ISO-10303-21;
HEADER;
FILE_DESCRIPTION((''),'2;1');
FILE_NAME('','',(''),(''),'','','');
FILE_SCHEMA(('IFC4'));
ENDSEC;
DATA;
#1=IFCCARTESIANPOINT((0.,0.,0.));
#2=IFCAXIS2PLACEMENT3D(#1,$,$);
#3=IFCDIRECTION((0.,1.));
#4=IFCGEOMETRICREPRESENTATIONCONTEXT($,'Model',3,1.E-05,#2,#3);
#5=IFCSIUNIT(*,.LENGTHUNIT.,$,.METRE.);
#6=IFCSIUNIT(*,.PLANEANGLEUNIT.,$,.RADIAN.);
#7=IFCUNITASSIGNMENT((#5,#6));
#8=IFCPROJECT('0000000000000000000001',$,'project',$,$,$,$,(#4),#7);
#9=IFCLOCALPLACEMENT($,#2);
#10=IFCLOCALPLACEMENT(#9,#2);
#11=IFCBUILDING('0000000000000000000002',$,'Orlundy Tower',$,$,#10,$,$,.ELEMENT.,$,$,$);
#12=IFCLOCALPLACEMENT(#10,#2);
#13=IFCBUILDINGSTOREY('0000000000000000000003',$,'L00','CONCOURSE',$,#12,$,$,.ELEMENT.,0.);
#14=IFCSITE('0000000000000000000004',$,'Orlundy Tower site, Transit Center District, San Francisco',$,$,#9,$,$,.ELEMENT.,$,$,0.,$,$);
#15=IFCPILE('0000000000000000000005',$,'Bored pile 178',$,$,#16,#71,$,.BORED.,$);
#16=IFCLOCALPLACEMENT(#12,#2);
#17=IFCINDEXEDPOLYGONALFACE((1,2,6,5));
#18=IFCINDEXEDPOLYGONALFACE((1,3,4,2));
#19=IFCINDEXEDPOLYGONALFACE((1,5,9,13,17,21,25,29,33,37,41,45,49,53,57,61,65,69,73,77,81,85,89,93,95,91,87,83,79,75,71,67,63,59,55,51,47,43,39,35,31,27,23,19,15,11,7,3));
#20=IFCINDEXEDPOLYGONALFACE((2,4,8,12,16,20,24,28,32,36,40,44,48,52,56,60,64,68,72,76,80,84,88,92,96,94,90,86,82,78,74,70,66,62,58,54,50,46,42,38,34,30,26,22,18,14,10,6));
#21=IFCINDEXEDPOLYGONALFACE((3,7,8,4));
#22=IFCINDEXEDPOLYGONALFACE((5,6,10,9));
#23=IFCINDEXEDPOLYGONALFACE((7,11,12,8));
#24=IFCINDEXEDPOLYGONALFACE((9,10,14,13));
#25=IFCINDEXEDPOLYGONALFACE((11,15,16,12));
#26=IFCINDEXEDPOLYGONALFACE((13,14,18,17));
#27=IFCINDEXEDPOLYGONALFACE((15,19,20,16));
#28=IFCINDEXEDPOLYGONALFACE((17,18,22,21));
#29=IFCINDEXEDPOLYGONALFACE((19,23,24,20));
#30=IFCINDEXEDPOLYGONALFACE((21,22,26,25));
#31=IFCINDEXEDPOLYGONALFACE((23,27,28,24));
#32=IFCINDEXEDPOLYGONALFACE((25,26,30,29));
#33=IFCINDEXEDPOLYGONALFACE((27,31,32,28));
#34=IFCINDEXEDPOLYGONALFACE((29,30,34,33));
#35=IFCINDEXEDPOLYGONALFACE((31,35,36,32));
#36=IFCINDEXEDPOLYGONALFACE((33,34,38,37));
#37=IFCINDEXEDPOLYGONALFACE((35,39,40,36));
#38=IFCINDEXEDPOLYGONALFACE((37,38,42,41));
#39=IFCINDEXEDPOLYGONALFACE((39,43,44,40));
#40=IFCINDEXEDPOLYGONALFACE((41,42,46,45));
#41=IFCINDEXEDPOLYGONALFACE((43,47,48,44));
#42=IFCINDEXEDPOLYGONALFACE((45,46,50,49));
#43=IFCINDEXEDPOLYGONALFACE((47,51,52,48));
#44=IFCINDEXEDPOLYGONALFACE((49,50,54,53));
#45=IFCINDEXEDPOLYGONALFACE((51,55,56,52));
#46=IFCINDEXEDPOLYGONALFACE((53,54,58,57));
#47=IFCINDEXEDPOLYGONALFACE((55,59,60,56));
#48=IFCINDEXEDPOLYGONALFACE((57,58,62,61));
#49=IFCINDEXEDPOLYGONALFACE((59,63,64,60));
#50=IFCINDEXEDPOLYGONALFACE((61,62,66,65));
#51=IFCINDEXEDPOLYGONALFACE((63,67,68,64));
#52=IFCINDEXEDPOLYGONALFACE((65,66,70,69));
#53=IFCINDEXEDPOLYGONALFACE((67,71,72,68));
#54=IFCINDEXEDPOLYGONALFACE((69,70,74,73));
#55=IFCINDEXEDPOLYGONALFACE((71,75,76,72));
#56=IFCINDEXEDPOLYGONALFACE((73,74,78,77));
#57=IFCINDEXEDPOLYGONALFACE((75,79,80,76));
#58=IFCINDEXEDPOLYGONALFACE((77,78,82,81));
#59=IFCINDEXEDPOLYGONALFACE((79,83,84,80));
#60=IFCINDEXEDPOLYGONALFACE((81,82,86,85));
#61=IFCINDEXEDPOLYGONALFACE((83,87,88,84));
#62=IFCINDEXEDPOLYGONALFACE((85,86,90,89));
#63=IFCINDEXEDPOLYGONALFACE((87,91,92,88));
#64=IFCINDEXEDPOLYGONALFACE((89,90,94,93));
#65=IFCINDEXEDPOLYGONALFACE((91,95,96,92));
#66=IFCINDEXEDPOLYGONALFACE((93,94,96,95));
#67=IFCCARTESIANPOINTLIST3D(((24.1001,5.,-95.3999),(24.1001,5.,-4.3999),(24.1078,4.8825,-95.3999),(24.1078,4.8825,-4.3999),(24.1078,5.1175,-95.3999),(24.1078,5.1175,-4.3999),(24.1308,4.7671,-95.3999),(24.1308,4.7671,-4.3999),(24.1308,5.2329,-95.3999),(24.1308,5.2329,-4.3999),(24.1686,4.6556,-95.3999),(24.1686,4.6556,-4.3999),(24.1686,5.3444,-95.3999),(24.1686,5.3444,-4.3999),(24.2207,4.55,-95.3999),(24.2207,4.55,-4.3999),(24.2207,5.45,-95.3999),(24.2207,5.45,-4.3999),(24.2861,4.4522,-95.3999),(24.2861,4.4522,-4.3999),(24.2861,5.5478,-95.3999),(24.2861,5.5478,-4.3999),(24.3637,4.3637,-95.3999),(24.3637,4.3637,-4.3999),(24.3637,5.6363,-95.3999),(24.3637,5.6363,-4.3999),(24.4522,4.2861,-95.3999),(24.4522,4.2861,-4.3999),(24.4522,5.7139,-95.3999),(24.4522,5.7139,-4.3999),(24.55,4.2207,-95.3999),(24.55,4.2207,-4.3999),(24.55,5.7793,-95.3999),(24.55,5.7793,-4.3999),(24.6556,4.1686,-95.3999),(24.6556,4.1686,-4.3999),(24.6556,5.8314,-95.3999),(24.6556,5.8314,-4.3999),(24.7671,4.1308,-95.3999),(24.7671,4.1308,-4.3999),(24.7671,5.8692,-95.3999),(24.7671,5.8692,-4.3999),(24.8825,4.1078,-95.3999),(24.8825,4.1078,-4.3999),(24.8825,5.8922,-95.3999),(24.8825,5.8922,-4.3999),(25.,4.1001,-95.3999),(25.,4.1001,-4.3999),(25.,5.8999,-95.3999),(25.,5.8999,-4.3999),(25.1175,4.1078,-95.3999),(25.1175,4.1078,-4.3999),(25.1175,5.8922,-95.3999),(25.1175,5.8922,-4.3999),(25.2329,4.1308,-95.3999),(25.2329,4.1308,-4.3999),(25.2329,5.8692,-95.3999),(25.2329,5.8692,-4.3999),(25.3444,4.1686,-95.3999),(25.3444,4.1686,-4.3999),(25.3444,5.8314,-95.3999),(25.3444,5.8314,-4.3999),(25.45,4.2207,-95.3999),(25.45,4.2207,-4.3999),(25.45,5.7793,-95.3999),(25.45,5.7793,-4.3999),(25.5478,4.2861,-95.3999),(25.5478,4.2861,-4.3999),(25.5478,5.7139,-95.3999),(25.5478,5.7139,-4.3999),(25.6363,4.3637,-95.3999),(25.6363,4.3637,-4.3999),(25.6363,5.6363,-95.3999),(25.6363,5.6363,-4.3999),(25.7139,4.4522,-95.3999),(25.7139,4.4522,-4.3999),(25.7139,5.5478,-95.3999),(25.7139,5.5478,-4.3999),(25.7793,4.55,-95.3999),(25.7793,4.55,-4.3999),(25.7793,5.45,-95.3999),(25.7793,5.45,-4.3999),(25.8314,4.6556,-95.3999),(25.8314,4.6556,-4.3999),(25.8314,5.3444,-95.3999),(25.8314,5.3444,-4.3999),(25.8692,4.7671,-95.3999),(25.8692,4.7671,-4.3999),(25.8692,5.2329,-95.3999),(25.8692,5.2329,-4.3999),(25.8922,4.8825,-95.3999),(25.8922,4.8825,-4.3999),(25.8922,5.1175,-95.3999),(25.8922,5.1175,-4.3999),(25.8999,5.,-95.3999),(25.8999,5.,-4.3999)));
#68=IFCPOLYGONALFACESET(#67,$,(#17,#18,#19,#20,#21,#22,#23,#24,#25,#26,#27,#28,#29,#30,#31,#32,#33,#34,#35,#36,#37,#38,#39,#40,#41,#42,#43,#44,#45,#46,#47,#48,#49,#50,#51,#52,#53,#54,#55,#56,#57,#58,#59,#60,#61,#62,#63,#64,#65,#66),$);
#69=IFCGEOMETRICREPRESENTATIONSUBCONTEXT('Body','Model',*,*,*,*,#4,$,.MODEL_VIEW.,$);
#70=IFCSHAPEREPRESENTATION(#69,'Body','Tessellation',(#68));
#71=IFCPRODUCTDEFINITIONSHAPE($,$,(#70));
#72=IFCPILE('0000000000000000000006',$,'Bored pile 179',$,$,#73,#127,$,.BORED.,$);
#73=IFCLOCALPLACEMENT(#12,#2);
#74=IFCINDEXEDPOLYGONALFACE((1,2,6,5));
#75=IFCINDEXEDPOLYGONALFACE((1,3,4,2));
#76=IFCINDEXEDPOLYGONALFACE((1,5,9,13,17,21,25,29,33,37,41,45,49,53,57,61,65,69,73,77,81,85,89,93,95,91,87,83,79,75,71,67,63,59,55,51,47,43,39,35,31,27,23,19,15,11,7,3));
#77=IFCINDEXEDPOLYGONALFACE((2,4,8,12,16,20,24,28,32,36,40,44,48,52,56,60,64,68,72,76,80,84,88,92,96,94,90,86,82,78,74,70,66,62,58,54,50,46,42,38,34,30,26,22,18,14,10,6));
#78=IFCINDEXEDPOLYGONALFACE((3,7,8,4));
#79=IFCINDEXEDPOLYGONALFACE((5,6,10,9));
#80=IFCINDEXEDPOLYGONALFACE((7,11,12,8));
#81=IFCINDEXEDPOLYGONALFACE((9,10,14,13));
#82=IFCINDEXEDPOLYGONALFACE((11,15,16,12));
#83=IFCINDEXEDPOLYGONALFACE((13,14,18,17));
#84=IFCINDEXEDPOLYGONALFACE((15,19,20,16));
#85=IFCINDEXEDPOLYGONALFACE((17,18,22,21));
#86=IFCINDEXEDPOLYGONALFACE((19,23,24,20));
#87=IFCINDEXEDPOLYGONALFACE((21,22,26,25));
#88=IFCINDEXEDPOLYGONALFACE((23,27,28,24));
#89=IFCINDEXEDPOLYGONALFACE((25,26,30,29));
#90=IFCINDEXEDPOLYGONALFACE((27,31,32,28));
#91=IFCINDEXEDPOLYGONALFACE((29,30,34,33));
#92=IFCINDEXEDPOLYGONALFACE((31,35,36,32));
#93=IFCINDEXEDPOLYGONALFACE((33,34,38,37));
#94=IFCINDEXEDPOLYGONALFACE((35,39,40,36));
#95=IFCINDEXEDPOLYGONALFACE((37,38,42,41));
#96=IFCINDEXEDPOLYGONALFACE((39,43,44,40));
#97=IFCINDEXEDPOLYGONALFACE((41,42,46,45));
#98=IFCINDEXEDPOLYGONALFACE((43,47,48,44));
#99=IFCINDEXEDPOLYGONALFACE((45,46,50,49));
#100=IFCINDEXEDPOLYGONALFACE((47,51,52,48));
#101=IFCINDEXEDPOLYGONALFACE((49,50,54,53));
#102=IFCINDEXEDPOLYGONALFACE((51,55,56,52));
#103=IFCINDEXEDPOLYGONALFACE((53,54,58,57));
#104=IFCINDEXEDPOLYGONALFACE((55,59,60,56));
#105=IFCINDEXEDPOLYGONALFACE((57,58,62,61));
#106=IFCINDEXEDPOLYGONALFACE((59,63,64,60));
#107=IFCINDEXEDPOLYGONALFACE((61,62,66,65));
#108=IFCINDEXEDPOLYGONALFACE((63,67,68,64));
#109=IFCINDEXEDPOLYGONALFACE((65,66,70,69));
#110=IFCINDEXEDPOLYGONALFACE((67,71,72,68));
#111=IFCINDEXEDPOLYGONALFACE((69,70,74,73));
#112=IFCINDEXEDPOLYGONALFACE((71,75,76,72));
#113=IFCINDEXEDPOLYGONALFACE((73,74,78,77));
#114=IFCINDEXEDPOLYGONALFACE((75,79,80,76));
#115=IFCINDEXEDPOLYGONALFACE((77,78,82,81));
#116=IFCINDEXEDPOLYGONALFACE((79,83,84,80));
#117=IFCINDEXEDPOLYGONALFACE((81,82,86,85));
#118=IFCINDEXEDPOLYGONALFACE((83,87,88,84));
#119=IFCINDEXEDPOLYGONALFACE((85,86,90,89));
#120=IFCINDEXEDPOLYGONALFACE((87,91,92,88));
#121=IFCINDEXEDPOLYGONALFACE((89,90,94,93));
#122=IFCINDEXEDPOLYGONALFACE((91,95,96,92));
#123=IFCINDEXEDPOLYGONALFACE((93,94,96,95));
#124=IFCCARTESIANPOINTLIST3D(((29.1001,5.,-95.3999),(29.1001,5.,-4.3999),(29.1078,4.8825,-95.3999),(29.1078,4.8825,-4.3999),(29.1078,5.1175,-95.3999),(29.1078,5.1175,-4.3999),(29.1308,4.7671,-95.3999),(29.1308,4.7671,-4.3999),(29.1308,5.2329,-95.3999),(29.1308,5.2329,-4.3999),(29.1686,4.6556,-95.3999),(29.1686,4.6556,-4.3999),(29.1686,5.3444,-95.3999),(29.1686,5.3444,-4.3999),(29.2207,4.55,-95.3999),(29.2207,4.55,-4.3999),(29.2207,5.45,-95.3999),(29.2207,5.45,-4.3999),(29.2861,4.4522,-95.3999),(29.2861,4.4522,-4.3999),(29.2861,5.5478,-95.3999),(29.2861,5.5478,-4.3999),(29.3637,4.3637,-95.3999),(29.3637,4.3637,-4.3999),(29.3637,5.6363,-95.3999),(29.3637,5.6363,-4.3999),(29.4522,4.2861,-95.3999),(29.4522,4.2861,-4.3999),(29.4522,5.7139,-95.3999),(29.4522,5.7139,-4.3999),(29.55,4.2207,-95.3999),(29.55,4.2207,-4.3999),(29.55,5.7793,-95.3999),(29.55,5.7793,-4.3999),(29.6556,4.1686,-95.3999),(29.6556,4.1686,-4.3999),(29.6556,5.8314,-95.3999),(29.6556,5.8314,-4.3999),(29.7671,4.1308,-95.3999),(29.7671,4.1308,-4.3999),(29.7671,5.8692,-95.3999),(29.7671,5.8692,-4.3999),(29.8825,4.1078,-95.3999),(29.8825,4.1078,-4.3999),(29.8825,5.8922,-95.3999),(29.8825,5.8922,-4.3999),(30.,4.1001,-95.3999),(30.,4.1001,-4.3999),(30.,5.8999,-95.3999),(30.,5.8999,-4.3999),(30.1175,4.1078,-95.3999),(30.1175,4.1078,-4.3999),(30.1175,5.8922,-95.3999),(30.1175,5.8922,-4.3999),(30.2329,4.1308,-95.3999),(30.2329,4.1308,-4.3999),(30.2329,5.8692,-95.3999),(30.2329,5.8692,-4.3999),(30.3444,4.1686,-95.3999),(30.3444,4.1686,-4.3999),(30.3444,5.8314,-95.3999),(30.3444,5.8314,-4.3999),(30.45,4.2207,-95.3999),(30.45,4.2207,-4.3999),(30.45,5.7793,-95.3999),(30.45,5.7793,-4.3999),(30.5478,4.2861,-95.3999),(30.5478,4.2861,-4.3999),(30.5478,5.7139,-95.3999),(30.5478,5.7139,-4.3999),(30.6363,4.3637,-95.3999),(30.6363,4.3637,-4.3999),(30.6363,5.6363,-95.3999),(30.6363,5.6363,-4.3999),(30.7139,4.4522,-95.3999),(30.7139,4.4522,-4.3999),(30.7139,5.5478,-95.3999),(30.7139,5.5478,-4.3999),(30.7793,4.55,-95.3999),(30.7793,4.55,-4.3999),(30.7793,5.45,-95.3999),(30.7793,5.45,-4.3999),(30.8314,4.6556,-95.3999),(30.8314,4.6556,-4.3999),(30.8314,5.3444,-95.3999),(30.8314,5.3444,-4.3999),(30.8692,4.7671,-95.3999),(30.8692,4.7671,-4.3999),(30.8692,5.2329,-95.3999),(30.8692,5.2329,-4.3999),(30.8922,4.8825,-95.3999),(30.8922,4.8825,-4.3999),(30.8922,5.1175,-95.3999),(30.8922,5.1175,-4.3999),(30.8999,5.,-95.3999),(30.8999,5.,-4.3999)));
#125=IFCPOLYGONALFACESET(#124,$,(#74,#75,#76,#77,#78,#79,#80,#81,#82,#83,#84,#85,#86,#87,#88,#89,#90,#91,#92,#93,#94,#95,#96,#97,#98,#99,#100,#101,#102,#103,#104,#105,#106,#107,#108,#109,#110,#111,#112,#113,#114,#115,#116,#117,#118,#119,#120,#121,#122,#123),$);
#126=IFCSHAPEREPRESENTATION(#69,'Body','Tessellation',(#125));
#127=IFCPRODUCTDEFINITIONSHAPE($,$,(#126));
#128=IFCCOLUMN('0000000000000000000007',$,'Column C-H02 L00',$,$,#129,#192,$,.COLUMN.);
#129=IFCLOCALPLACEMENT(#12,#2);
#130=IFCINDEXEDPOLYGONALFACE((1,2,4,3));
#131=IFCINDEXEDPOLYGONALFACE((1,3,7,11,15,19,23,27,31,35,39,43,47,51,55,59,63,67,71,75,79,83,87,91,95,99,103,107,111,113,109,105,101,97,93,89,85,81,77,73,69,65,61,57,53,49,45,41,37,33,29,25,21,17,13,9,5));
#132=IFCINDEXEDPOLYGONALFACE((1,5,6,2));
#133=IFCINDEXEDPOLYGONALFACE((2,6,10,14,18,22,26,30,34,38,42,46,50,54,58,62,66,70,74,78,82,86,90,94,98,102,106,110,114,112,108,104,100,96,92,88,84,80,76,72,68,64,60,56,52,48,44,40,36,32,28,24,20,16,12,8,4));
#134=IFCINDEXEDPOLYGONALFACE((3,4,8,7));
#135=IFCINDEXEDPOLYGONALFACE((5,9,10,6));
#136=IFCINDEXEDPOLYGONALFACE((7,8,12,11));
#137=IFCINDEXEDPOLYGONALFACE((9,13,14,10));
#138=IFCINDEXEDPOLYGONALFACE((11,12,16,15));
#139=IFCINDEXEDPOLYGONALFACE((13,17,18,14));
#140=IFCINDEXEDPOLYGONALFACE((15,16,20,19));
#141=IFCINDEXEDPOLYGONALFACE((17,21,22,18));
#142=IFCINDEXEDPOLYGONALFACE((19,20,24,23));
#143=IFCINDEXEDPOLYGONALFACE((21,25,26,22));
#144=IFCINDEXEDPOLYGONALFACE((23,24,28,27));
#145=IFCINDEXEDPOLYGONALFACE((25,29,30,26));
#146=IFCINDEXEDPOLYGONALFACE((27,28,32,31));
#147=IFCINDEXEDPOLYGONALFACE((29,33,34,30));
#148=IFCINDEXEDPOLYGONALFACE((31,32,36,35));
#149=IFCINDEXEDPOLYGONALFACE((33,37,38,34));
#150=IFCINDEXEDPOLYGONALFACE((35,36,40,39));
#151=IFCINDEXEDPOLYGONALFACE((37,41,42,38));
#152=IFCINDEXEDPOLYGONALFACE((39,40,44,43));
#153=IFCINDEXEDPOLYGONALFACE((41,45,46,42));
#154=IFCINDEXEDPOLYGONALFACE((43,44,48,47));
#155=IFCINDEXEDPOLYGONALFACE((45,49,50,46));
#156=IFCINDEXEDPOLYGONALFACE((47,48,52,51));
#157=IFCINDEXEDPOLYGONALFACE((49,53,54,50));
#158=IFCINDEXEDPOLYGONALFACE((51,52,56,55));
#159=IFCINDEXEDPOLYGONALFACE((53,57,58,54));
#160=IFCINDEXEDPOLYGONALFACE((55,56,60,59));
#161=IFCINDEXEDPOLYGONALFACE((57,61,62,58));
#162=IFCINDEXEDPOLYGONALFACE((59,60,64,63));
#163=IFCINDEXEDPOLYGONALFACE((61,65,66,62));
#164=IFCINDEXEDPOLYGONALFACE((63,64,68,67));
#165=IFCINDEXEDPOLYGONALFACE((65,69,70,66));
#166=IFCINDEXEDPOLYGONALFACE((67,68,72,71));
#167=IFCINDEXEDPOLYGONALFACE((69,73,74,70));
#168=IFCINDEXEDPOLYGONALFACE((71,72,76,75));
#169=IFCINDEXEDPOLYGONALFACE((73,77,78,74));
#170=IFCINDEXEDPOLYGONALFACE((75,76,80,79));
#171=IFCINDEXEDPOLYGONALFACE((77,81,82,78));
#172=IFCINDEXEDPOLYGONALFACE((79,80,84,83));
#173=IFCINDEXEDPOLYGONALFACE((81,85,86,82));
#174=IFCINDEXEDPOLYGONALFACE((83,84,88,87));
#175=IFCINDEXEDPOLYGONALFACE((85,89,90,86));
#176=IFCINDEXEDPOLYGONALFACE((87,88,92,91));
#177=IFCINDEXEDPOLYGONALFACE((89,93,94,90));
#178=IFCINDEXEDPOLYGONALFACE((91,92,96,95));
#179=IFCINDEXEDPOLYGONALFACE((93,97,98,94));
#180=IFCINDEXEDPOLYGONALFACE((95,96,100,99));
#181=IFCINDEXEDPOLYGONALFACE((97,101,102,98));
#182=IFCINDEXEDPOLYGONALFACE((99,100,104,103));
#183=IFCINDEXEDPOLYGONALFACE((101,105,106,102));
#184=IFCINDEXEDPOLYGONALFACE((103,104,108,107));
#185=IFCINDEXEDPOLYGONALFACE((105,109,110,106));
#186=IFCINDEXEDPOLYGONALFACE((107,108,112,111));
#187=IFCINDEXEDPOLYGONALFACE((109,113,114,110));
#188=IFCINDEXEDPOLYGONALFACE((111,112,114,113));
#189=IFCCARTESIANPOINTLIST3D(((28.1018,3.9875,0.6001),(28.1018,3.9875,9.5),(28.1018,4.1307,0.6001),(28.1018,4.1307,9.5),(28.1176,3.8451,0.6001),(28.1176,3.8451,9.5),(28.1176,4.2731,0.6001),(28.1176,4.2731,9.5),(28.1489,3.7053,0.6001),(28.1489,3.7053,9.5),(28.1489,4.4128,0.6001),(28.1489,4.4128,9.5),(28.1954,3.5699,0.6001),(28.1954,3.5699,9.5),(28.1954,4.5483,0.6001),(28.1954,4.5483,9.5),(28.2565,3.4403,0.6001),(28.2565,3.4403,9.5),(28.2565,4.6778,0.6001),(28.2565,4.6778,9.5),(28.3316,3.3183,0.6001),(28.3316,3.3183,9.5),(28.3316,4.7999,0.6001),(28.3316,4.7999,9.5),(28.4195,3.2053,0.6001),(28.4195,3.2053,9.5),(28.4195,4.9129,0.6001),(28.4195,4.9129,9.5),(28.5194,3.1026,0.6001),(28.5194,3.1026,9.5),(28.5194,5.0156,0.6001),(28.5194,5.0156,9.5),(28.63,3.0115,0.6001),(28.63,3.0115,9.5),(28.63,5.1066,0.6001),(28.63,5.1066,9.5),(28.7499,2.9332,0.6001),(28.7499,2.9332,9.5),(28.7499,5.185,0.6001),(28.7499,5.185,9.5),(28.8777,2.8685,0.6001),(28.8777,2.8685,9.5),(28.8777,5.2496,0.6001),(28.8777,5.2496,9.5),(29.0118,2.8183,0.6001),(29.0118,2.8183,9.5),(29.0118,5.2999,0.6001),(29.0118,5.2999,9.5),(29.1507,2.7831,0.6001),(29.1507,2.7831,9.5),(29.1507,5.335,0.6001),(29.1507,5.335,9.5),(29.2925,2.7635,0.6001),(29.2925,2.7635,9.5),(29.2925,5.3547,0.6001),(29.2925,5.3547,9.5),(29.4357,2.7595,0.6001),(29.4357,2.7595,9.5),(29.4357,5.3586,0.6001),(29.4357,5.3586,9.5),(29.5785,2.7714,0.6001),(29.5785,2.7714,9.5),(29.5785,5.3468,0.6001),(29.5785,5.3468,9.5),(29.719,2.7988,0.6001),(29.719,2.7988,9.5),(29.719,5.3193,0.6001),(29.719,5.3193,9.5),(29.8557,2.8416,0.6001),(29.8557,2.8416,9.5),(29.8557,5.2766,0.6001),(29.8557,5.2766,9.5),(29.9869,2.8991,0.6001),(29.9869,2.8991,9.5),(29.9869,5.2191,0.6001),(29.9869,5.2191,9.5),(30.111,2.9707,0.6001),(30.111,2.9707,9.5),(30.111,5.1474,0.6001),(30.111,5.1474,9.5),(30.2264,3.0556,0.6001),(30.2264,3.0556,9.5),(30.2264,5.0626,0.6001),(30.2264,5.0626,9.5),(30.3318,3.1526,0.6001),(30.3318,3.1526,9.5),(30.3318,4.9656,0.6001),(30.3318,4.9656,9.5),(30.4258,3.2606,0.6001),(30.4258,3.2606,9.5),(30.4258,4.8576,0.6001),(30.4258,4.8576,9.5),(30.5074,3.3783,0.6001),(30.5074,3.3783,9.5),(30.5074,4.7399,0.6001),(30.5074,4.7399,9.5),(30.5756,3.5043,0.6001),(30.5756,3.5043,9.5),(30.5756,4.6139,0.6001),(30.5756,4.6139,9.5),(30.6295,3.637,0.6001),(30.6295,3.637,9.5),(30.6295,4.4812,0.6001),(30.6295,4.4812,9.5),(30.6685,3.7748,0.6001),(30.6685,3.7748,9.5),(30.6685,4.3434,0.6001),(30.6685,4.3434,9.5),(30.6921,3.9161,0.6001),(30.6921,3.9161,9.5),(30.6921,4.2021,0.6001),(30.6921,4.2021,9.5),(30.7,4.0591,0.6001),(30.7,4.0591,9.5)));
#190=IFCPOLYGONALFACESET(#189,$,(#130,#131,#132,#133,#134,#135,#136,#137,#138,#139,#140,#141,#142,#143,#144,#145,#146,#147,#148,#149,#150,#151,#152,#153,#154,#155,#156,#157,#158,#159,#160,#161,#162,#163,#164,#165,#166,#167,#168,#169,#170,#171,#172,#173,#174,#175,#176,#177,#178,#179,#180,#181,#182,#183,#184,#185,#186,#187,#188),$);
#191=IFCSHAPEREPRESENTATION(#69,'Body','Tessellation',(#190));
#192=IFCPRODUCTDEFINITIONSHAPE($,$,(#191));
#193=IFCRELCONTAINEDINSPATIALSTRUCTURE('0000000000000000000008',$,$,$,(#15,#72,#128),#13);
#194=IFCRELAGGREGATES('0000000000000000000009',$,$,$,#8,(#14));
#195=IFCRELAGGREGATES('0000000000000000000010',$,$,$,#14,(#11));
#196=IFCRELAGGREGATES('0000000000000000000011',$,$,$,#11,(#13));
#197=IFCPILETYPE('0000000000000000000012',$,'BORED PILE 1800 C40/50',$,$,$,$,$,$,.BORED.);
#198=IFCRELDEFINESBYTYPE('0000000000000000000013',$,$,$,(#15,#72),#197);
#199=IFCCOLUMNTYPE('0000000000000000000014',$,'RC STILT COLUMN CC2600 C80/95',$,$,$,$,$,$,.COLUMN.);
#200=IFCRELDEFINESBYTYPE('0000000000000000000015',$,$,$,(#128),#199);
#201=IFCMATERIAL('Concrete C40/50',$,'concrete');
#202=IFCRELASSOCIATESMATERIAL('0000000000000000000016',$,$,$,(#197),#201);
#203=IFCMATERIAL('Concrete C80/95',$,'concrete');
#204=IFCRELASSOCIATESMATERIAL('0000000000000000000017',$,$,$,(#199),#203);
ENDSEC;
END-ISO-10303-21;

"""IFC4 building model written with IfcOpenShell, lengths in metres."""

from ifc_helpers import new_model, si_unit, direction, frame, origin, origin_2d, place, context, subcontext, project, spatial, circle, extrude, material, material_profile, profile_set, type_object, element, save


model = new_model("IFC4")

# Units and contexts
model_context = context("Model", 3, precision=1e-05, world=origin(), true_north=direction((0.0, 1.0)))
body_context = subcontext(model_context, "Body", "Model", "MODEL_VIEW")
ifc_project = project(units=[si_unit("LENGTHUNIT", "METRE"), si_unit("PLANEANGLEUNIT", "RADIAN")], contexts=[model_context])

# Site, building, storey
site_placement = place(None, origin())
site = spatial("IfcSite", under=ifc_project, at=site_placement, Name="Orlundy Tower site, Transit Center District, San Francisco", CompositionType="ELEMENT", RefElevation=0.0)
building_placement = place(site_placement, origin())
building = spatial("IfcBuilding", under=site, at=building_placement, Name="Orlundy Tower", CompositionType="ELEMENT")
storey_placement = place(building_placement, origin())
storey = spatial("IfcBuildingStorey", under=building, at=storey_placement, Name="L00", Description="CONCOURSE", CompositionType="ELEMENT", Elevation=0.0)

# Piles
ifc_material_1 = material(Name="Concrete C40/50", Category="concrete")
ifc_material_profile_1 = material_profile(ifc_material_1, circle(Radius=0.8999, at=origin_2d()), Name="BP1800")
ifc_profile_set_1 = profile_set([ifc_material_profile_1], Name="Concrete C40/50")
pile_type = type_object("IfcPileType", Name="BORED PILE 1800 C40/50", PredefinedType="BORED", material=ifc_profile_set_1)
for number, where, z_axis, x_axis, name in (
    (1, (25.0, 5.0, -4.3999), (0.0, 0.0, -1.0), (1.0, 0.0, 0.0), "Bored pile 178"),
    (2, (30.0, 5.0, -4.3999), (0.0, 0.0, -1.0), (1.0, 0.0, 0.0), "Bored pile 179"),
):
    element("IfcPile", number, at=place(storey_placement, frame(where, z_axis=z_axis, x_axis=x_axis)), inside=storey, type_object=pile_type, Name=name, PredefinedType="BORED", context=body_context, shape_type="SweptSolid", body=[
        extrude(circle(Radius=0.8999, at=origin_2d()), origin(), (0.0, 0.0, 1.0), 91.0),
    ])

# Column
ifc_material_2 = material(Name="Concrete C80/95", Category="concrete")
ifc_material_profile_2 = material_profile(ifc_material_2, circle(Radius=1.3, at=origin_2d()), Name="CC2600")
ifc_profile_set_2 = profile_set([ifc_material_profile_2], Name="Concrete C80/95")
column_type = type_object("IfcColumnType", Name="RC STILT COLUMN CC2600 C80/95", PredefinedType="COLUMN", material=ifc_profile_set_2)
for number, where, z_axis, x_axis, name in (
    (3, (29.3999, 4.0591, 0.6001), (0.0, 0.0, 1.0), (1.0, 0.0, 0.0), "Column C-H02 L00"),
):
    element("IfcColumn", number, at=place(storey_placement, frame(where, z_axis=z_axis, x_axis=x_axis)), inside=storey, type_object=column_type, Name=name, PredefinedType="COLUMN", context=body_context, shape_type="SweptSolid", body=[
        extrude(circle(Radius=1.3, at=origin_2d()), origin(), (0.0, 0.0, 1.0), 8.8999),
    ])

save(model, "model.ifc")
